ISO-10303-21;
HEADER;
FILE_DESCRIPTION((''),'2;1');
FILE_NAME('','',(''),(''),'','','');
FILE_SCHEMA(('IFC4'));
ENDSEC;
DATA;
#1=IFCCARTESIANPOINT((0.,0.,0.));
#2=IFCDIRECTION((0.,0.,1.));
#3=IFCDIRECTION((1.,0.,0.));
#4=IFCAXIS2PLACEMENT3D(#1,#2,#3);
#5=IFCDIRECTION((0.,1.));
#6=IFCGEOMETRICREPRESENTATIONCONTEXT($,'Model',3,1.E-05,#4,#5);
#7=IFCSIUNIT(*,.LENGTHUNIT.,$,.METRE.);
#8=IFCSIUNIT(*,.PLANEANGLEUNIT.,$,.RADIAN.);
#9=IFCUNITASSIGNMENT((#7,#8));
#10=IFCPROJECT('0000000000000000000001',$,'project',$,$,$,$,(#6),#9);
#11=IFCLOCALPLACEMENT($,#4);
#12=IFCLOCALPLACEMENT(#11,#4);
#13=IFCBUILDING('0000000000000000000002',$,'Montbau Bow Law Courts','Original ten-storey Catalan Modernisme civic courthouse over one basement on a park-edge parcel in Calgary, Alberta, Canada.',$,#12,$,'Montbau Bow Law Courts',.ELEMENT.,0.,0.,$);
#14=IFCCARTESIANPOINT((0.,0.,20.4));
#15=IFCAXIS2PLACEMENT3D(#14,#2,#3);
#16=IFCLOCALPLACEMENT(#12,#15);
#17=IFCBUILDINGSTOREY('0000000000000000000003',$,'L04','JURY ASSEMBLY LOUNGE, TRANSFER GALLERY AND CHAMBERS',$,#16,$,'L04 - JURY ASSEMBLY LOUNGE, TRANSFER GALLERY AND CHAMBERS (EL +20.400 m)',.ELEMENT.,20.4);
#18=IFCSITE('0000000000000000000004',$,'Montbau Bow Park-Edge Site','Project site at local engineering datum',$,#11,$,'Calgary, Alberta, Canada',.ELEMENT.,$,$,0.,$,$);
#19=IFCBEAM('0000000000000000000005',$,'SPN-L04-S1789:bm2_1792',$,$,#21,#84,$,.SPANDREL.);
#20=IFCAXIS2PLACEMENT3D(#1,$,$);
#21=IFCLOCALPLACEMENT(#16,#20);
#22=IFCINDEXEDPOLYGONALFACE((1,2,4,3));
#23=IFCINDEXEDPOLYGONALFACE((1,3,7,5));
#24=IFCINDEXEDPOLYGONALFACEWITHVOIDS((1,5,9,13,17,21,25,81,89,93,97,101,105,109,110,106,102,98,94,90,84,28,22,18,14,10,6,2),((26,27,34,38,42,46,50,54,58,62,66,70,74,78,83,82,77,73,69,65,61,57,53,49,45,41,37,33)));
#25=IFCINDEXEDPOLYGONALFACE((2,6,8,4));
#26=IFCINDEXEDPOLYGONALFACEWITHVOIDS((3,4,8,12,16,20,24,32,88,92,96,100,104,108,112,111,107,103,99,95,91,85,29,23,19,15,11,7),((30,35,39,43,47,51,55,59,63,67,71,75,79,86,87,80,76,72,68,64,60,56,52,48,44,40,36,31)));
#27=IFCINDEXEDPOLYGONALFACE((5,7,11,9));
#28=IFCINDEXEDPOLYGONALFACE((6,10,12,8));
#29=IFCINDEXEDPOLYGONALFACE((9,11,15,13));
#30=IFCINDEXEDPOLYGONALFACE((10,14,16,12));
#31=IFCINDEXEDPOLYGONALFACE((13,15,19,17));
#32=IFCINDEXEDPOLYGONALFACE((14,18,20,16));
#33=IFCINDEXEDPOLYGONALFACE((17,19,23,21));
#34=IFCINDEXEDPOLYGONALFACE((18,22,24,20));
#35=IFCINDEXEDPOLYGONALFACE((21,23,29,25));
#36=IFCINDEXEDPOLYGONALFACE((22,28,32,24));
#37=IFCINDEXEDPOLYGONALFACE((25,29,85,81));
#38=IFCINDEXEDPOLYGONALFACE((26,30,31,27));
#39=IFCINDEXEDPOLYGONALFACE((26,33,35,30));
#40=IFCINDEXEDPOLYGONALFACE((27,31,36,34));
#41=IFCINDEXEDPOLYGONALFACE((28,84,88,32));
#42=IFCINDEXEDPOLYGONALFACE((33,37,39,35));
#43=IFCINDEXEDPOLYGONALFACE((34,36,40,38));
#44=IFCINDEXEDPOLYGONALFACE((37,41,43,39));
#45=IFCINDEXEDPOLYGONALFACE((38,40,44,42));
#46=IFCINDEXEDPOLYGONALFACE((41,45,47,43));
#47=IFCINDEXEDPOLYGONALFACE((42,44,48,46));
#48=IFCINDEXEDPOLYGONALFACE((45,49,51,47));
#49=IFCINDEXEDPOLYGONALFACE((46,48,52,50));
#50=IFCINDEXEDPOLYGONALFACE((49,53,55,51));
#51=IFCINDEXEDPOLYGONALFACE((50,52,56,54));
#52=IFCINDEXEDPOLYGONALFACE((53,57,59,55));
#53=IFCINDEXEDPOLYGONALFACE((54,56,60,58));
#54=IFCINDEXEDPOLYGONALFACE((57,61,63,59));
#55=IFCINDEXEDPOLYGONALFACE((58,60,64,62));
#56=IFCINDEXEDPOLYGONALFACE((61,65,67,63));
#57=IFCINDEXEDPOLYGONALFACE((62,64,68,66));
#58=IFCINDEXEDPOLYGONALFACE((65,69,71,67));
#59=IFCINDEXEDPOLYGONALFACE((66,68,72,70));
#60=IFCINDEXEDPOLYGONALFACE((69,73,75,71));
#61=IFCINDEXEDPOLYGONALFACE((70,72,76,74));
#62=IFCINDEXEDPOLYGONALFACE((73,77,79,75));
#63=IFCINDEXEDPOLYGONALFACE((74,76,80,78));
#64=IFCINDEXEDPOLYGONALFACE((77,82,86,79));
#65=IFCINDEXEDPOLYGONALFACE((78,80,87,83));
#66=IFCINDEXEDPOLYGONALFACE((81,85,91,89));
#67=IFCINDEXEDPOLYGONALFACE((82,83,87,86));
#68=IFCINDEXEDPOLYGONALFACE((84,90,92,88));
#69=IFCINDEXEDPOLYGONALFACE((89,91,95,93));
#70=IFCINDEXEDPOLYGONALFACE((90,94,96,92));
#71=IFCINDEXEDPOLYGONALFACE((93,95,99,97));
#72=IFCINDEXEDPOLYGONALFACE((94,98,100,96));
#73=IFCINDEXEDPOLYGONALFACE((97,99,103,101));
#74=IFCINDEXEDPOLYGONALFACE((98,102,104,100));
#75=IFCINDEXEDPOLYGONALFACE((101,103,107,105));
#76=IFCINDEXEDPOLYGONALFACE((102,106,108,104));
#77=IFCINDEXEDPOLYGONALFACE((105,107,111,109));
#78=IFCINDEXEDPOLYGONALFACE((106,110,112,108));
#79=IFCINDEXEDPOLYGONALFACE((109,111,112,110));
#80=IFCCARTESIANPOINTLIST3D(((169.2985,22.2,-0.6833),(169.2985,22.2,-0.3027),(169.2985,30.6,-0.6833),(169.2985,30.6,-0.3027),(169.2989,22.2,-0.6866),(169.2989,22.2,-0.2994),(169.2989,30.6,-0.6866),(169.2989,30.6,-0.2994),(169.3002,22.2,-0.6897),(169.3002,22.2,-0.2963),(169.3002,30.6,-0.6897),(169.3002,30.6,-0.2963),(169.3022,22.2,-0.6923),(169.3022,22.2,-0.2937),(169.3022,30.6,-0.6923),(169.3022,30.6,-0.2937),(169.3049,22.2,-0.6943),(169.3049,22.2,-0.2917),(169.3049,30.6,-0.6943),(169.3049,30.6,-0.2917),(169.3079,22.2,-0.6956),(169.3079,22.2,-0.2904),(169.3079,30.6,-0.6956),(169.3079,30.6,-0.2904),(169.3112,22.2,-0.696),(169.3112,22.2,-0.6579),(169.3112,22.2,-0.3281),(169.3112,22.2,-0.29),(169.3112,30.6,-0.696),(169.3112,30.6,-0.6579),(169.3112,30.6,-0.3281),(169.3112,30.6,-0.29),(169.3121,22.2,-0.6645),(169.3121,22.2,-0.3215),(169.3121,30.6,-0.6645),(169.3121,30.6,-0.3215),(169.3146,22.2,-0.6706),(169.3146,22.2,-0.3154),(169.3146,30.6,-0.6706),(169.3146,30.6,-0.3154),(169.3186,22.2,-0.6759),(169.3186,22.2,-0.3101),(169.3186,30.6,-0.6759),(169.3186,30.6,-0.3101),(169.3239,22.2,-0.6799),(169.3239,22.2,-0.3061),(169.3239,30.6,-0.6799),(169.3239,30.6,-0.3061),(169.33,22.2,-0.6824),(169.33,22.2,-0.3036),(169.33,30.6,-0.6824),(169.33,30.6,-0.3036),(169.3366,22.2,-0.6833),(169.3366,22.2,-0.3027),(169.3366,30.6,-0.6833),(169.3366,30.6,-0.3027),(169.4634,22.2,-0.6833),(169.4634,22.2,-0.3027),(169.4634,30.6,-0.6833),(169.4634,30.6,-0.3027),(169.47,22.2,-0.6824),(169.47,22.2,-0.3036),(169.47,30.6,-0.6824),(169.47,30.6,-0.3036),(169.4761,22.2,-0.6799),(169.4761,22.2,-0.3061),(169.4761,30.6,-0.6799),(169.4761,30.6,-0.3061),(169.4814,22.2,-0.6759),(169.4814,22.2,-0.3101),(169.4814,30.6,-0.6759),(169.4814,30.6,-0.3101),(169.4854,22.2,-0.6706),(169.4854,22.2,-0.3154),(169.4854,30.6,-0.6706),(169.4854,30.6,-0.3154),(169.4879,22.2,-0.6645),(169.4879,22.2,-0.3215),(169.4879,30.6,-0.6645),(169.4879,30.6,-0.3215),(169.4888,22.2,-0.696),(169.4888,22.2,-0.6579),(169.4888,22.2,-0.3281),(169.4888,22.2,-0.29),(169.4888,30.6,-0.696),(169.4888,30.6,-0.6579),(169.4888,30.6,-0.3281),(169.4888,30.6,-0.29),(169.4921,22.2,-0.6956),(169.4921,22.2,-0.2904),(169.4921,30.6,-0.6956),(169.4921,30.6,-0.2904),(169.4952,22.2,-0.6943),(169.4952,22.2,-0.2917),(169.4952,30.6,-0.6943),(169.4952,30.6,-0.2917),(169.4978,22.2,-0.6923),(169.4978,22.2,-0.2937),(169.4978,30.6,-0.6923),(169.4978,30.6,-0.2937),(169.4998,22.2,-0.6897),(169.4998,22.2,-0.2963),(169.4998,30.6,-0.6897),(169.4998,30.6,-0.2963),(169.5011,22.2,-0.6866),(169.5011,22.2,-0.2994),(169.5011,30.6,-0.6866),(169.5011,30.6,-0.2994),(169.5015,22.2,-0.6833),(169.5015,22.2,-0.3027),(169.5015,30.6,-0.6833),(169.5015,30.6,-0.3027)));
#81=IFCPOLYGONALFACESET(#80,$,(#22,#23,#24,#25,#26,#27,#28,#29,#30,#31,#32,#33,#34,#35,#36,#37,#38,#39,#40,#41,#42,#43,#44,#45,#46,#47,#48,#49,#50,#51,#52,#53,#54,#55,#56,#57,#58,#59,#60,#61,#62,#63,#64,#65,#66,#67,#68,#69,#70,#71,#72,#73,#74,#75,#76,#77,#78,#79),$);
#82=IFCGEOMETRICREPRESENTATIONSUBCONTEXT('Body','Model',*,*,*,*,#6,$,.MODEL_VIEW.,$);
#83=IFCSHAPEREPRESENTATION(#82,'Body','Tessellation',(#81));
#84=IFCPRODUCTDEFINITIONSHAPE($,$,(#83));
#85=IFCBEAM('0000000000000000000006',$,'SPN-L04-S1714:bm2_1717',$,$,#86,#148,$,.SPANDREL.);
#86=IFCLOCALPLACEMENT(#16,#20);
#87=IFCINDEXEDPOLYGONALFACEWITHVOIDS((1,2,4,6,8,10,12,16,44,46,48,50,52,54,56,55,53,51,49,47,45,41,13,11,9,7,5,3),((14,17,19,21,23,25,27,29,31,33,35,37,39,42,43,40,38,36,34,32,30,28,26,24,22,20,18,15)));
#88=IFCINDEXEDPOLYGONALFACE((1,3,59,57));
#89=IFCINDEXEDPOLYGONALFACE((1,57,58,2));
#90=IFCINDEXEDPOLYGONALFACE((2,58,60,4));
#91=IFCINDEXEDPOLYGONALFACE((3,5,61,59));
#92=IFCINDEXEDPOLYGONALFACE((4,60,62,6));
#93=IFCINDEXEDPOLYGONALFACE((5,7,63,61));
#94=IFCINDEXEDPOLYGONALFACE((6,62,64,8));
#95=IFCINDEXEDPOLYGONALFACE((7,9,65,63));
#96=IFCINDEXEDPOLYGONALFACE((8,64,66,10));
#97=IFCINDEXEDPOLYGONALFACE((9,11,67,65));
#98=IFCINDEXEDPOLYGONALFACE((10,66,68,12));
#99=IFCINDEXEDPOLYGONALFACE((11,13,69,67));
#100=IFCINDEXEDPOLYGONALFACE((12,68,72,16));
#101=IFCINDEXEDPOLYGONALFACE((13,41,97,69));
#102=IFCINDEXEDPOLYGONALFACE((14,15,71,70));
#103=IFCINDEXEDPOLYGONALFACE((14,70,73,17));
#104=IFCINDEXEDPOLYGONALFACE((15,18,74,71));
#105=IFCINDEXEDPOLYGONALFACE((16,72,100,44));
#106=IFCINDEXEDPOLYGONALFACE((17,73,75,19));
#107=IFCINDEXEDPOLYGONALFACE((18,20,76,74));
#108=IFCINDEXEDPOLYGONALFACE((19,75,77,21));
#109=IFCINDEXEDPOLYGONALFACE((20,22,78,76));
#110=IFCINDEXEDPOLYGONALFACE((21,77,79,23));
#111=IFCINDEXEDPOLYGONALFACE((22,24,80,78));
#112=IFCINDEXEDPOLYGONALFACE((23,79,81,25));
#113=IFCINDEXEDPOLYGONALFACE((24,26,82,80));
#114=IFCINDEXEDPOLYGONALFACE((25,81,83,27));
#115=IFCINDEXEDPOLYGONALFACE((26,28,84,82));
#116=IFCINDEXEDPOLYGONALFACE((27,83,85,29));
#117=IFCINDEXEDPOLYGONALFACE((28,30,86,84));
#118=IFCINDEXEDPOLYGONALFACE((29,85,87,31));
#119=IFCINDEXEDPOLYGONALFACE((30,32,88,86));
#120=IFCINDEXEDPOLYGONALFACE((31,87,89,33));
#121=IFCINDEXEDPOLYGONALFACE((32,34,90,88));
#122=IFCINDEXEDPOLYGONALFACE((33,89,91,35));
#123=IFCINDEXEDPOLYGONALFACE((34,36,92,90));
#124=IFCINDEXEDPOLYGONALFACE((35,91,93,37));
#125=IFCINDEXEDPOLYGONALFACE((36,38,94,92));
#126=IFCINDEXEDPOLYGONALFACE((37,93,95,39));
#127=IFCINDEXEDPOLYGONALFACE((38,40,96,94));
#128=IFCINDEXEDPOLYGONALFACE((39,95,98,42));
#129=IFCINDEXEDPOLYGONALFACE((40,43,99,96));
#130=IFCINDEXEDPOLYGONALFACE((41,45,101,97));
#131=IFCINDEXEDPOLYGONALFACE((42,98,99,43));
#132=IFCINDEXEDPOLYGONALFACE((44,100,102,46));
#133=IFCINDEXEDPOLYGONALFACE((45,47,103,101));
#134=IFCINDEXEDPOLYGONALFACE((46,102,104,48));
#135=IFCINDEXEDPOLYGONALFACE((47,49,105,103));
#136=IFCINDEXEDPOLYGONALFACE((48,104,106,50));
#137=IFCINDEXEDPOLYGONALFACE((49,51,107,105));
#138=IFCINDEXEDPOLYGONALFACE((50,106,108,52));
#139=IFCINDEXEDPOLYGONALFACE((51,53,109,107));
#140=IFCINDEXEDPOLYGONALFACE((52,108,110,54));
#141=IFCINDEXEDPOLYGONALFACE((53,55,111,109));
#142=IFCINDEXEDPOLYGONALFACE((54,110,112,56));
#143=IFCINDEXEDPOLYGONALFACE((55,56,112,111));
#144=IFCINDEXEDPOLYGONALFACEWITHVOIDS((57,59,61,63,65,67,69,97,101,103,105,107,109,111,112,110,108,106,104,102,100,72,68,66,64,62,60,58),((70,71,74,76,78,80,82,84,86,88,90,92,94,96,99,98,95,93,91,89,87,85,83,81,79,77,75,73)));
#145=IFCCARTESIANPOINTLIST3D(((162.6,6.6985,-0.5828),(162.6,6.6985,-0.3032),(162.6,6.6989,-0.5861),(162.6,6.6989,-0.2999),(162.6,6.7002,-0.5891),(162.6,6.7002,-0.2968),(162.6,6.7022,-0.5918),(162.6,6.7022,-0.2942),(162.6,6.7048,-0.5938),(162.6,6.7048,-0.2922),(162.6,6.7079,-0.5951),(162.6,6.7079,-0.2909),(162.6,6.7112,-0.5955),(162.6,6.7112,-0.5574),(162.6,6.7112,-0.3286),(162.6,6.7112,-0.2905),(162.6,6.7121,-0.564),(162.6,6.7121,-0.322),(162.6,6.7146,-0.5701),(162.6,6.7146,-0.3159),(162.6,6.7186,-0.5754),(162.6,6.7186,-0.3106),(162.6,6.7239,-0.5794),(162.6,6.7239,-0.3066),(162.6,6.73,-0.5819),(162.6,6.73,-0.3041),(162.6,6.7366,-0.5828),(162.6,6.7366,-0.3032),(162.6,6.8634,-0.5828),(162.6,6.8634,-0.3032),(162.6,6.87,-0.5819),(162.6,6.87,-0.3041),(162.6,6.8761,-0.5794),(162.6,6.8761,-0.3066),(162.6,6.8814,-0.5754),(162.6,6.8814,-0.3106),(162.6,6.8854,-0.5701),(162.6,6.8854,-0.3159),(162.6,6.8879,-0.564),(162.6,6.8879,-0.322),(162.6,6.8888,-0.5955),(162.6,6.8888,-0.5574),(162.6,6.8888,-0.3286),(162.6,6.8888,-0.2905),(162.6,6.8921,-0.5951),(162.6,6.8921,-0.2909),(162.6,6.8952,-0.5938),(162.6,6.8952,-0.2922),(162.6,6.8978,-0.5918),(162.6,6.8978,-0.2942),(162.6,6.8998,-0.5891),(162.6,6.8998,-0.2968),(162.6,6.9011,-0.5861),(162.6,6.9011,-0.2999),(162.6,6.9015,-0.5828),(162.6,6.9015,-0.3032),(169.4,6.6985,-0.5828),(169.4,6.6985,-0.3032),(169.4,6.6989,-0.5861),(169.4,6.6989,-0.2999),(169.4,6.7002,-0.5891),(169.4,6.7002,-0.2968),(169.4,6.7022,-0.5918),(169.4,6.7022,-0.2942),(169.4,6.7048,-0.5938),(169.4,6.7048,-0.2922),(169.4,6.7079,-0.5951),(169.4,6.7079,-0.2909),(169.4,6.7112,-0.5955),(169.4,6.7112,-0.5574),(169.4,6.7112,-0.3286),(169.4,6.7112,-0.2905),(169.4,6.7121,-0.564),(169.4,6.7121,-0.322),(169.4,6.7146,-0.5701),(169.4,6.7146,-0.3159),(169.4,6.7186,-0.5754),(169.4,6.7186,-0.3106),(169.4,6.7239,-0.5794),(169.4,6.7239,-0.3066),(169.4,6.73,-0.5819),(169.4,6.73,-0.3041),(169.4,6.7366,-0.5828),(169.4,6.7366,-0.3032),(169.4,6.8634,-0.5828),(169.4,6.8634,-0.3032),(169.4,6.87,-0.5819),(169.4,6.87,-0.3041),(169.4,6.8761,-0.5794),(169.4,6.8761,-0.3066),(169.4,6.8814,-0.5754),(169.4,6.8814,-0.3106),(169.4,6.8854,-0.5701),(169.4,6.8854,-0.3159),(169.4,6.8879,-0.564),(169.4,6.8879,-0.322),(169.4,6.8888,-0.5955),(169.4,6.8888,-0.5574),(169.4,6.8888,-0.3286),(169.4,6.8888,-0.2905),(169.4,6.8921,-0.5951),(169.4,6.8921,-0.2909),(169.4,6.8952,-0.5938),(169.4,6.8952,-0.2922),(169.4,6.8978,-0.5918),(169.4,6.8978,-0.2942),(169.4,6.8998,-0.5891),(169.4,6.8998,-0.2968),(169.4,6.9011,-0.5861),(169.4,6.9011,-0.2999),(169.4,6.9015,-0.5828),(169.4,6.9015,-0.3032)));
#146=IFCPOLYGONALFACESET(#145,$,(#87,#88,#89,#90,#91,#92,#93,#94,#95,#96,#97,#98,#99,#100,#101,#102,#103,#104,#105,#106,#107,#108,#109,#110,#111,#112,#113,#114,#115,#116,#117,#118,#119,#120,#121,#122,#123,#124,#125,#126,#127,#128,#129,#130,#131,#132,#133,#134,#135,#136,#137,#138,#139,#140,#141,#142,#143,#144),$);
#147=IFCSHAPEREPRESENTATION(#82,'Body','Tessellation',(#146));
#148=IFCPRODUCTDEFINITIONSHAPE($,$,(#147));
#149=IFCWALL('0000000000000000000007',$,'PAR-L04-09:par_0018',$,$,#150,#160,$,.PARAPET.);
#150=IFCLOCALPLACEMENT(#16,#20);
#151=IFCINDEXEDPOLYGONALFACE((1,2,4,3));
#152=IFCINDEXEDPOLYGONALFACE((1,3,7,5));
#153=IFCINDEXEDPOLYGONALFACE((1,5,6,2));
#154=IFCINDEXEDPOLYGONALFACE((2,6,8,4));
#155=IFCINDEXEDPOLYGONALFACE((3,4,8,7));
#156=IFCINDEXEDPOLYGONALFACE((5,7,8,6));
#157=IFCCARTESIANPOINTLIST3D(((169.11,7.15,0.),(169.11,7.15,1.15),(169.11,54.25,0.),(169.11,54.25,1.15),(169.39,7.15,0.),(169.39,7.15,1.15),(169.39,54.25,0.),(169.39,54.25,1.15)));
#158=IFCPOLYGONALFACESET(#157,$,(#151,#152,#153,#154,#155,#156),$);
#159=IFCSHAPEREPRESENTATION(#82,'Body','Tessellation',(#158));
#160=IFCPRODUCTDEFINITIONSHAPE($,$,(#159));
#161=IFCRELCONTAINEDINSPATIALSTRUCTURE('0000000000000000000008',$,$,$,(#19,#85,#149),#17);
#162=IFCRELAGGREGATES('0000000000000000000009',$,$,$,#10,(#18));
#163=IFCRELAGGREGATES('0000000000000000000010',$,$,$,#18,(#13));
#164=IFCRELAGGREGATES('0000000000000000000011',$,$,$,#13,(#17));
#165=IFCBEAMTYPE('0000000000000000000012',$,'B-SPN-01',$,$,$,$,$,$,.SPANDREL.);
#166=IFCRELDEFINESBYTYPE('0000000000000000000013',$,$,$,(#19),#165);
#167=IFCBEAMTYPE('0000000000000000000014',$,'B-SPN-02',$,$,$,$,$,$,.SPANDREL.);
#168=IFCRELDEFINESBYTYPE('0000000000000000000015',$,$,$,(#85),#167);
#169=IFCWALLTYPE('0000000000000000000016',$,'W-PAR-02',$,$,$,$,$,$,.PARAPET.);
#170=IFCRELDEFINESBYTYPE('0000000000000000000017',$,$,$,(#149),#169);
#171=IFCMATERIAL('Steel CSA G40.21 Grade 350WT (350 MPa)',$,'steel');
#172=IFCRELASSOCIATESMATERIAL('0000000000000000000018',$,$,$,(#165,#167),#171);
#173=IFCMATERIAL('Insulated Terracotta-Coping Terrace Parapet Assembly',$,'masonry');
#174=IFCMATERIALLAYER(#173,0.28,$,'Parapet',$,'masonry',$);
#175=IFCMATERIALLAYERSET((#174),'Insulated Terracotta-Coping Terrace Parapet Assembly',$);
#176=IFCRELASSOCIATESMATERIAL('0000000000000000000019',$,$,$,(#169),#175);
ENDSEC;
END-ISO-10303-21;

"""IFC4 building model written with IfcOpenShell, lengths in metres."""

from ifc_helpers import new_model, si_unit, direction, frame, frame_2d, origin_with_axes, origin_2d_with_axis, place, context, subcontext, project, spatial, rectangle, hollow_rectangle, extrude, material, layer, layer_set, material_profile, profile_set, type_object, element, save


model = new_model("IFC4")

# Units and contexts
model_context = context("Model", 3, precision=1e-05, world=origin_with_axes(), true_north=direction((0.0, 1.0)))
body_context = subcontext(model_context, "Body", "Model", "MODEL_VIEW")
ifc_project = project(units=[si_unit("LENGTHUNIT", "METRE"), si_unit("PLANEANGLEUNIT", "RADIAN")], contexts=[model_context])

# Site, building, storey
site_placement = place(None, origin_with_axes())
site = spatial("IfcSite", under=ifc_project, at=site_placement, Name="Montbau Bow Park-Edge Site", Description="Project site at local engineering datum", LongName="Calgary, Alberta, Canada", CompositionType="ELEMENT", RefElevation=0.0)
building_placement = place(site_placement, origin_with_axes())
building = spatial("IfcBuilding", under=site, at=building_placement, Name="Montbau Bow Law Courts", Description="Original ten-storey Catalan Modernisme civic courthouse over one basement on a park-edge parcel in Calgary, Alberta, Canada.", LongName="Montbau Bow Law Courts", CompositionType="ELEMENT", ElevationOfRefHeight=0.0, ElevationOfTerrain=0.0)
storey_placement = place(building_placement, frame((0.0, 0.0, 20.4), z_axis=(0.0, 0.0, 1.0), x_axis=(1.0, 0.0, 0.0)))
storey = spatial("IfcBuildingStorey", under=building, at=storey_placement, Name="L04", Description="JURY ASSEMBLY LOUNGE, TRANSFER GALLERY AND CHAMBERS", LongName="L04 - JURY ASSEMBLY LOUNGE, TRANSFER GALLERY AND CHAMBERS (EL +20.400 m)", CompositionType="ELEMENT", Elevation=20.4)

# Beams
ifc_material_1 = material(Name="Steel CSA G40.21 Grade 350WT (350 MPa)", Category="steel")
ifc_material_profile_1 = material_profile(ifc_material_1, hollow_rectangle(XDim=0.203, YDim=0.406, WallThickness=0.0127, InnerFilletRadius=0.0254, OuterFilletRadius=0.0127, at=origin_2d_with_axis()), Name="HSS406X203X13", Category="Main", Priority=0)
ifc_profile_set_1 = profile_set([ifc_material_profile_1], Name="Steel CSA G40.21 Grade 350WT (350 MPa)")
beam_type_1 = type_object("IfcBeamType", Name="B-SPN-01", PredefinedType="SPANDREL", material=ifc_profile_set_1)
for number, where, z_axis, x_axis, name in (
    (1, (169.4, 22.2, 19.907), (0.0, 1.0, 0.0), (-1.0, 0.0, 0.0), "SPN-L04-S1789:bm2_1792"),
):
    element("IfcBeam", number, at=place(None, frame(where, z_axis=z_axis, x_axis=x_axis)), inside=storey, type_object=beam_type_1, Name=name, PredefinedType="SPANDREL", context=body_context, shape_type="SweptSolid", body=[
        extrude(hollow_rectangle(XDim=0.203, YDim=0.406, WallThickness=0.0127, InnerFilletRadius=0.0254, OuterFilletRadius=0.0127, at=origin_2d_with_axis()), origin_with_axes(), (0.0, 0.0, 1.0), 8.4),
    ])
ifc_material_profile_2 = material_profile(ifc_material_1, hollow_rectangle(XDim=0.203, YDim=0.305, WallThickness=0.0127, InnerFilletRadius=0.0254, OuterFilletRadius=0.0127, at=origin_2d_with_axis()), Name="HSS305X203X13", Category="Main", Priority=0)
ifc_profile_set_2 = profile_set([ifc_material_profile_2], Name="Steel CSA G40.21 Grade 350WT (350 MPa)")
beam_type_2 = type_object("IfcBeamType", Name="B-SPN-02", PredefinedType="SPANDREL", material=ifc_profile_set_2)
beam_1_placement = place(None, frame((162.6, 6.8, 19.957), z_axis=(1.0, 0.0, 0.0), x_axis=(0.0, 1.0, 0.0)))
element("IfcBeam", 2, at=beam_1_placement, inside=storey, type_object=beam_type_2, Name="SPN-L04-S1714:bm2_1717", PredefinedType="SPANDREL", context=body_context, shape_type="SweptSolid", body=[
    extrude(hollow_rectangle(XDim=0.203, YDim=0.305, WallThickness=0.0127, InnerFilletRadius=0.0254, OuterFilletRadius=0.0127, at=origin_2d_with_axis()), origin_with_axes(), (0.0, 0.0, 1.0), 6.8),
])

# Wall
ifc_material_2 = material(Name="Insulated Terracotta-Coping Terrace Parapet Assembly", Category="masonry")
ifc_layer = layer(ifc_material_2, 0.28, Name="Parapet", Category="masonry")
ifc_layer_set = layer_set([ifc_layer], Name="Insulated Terracotta-Coping Terrace Parapet Assembly")
wall_type = type_object("IfcWallType", Name="W-PAR-02", PredefinedType="PARAPET", material=ifc_layer_set)
wall_placement = place(None, frame((169.25, 7.15, 20.4), z_axis=(0.0, 0.0, 1.0), x_axis=(0.0, 1.0, 0.0)))
element("IfcWall", 3, at=wall_placement, inside=storey, type_object=wall_type, Name="PAR-L04-09:par_0018", PredefinedType="PARAPET", context=body_context, shape_type="SweptSolid", body=[
    extrude(rectangle(XDim=47.1, YDim=0.28, at=frame_2d((23.55, 0.0), x_axis=(1.0, 0.0))), origin_with_axes(), (0.0, 0.0, 1.0), 1.15),
])

save(model, "model.ifc")
